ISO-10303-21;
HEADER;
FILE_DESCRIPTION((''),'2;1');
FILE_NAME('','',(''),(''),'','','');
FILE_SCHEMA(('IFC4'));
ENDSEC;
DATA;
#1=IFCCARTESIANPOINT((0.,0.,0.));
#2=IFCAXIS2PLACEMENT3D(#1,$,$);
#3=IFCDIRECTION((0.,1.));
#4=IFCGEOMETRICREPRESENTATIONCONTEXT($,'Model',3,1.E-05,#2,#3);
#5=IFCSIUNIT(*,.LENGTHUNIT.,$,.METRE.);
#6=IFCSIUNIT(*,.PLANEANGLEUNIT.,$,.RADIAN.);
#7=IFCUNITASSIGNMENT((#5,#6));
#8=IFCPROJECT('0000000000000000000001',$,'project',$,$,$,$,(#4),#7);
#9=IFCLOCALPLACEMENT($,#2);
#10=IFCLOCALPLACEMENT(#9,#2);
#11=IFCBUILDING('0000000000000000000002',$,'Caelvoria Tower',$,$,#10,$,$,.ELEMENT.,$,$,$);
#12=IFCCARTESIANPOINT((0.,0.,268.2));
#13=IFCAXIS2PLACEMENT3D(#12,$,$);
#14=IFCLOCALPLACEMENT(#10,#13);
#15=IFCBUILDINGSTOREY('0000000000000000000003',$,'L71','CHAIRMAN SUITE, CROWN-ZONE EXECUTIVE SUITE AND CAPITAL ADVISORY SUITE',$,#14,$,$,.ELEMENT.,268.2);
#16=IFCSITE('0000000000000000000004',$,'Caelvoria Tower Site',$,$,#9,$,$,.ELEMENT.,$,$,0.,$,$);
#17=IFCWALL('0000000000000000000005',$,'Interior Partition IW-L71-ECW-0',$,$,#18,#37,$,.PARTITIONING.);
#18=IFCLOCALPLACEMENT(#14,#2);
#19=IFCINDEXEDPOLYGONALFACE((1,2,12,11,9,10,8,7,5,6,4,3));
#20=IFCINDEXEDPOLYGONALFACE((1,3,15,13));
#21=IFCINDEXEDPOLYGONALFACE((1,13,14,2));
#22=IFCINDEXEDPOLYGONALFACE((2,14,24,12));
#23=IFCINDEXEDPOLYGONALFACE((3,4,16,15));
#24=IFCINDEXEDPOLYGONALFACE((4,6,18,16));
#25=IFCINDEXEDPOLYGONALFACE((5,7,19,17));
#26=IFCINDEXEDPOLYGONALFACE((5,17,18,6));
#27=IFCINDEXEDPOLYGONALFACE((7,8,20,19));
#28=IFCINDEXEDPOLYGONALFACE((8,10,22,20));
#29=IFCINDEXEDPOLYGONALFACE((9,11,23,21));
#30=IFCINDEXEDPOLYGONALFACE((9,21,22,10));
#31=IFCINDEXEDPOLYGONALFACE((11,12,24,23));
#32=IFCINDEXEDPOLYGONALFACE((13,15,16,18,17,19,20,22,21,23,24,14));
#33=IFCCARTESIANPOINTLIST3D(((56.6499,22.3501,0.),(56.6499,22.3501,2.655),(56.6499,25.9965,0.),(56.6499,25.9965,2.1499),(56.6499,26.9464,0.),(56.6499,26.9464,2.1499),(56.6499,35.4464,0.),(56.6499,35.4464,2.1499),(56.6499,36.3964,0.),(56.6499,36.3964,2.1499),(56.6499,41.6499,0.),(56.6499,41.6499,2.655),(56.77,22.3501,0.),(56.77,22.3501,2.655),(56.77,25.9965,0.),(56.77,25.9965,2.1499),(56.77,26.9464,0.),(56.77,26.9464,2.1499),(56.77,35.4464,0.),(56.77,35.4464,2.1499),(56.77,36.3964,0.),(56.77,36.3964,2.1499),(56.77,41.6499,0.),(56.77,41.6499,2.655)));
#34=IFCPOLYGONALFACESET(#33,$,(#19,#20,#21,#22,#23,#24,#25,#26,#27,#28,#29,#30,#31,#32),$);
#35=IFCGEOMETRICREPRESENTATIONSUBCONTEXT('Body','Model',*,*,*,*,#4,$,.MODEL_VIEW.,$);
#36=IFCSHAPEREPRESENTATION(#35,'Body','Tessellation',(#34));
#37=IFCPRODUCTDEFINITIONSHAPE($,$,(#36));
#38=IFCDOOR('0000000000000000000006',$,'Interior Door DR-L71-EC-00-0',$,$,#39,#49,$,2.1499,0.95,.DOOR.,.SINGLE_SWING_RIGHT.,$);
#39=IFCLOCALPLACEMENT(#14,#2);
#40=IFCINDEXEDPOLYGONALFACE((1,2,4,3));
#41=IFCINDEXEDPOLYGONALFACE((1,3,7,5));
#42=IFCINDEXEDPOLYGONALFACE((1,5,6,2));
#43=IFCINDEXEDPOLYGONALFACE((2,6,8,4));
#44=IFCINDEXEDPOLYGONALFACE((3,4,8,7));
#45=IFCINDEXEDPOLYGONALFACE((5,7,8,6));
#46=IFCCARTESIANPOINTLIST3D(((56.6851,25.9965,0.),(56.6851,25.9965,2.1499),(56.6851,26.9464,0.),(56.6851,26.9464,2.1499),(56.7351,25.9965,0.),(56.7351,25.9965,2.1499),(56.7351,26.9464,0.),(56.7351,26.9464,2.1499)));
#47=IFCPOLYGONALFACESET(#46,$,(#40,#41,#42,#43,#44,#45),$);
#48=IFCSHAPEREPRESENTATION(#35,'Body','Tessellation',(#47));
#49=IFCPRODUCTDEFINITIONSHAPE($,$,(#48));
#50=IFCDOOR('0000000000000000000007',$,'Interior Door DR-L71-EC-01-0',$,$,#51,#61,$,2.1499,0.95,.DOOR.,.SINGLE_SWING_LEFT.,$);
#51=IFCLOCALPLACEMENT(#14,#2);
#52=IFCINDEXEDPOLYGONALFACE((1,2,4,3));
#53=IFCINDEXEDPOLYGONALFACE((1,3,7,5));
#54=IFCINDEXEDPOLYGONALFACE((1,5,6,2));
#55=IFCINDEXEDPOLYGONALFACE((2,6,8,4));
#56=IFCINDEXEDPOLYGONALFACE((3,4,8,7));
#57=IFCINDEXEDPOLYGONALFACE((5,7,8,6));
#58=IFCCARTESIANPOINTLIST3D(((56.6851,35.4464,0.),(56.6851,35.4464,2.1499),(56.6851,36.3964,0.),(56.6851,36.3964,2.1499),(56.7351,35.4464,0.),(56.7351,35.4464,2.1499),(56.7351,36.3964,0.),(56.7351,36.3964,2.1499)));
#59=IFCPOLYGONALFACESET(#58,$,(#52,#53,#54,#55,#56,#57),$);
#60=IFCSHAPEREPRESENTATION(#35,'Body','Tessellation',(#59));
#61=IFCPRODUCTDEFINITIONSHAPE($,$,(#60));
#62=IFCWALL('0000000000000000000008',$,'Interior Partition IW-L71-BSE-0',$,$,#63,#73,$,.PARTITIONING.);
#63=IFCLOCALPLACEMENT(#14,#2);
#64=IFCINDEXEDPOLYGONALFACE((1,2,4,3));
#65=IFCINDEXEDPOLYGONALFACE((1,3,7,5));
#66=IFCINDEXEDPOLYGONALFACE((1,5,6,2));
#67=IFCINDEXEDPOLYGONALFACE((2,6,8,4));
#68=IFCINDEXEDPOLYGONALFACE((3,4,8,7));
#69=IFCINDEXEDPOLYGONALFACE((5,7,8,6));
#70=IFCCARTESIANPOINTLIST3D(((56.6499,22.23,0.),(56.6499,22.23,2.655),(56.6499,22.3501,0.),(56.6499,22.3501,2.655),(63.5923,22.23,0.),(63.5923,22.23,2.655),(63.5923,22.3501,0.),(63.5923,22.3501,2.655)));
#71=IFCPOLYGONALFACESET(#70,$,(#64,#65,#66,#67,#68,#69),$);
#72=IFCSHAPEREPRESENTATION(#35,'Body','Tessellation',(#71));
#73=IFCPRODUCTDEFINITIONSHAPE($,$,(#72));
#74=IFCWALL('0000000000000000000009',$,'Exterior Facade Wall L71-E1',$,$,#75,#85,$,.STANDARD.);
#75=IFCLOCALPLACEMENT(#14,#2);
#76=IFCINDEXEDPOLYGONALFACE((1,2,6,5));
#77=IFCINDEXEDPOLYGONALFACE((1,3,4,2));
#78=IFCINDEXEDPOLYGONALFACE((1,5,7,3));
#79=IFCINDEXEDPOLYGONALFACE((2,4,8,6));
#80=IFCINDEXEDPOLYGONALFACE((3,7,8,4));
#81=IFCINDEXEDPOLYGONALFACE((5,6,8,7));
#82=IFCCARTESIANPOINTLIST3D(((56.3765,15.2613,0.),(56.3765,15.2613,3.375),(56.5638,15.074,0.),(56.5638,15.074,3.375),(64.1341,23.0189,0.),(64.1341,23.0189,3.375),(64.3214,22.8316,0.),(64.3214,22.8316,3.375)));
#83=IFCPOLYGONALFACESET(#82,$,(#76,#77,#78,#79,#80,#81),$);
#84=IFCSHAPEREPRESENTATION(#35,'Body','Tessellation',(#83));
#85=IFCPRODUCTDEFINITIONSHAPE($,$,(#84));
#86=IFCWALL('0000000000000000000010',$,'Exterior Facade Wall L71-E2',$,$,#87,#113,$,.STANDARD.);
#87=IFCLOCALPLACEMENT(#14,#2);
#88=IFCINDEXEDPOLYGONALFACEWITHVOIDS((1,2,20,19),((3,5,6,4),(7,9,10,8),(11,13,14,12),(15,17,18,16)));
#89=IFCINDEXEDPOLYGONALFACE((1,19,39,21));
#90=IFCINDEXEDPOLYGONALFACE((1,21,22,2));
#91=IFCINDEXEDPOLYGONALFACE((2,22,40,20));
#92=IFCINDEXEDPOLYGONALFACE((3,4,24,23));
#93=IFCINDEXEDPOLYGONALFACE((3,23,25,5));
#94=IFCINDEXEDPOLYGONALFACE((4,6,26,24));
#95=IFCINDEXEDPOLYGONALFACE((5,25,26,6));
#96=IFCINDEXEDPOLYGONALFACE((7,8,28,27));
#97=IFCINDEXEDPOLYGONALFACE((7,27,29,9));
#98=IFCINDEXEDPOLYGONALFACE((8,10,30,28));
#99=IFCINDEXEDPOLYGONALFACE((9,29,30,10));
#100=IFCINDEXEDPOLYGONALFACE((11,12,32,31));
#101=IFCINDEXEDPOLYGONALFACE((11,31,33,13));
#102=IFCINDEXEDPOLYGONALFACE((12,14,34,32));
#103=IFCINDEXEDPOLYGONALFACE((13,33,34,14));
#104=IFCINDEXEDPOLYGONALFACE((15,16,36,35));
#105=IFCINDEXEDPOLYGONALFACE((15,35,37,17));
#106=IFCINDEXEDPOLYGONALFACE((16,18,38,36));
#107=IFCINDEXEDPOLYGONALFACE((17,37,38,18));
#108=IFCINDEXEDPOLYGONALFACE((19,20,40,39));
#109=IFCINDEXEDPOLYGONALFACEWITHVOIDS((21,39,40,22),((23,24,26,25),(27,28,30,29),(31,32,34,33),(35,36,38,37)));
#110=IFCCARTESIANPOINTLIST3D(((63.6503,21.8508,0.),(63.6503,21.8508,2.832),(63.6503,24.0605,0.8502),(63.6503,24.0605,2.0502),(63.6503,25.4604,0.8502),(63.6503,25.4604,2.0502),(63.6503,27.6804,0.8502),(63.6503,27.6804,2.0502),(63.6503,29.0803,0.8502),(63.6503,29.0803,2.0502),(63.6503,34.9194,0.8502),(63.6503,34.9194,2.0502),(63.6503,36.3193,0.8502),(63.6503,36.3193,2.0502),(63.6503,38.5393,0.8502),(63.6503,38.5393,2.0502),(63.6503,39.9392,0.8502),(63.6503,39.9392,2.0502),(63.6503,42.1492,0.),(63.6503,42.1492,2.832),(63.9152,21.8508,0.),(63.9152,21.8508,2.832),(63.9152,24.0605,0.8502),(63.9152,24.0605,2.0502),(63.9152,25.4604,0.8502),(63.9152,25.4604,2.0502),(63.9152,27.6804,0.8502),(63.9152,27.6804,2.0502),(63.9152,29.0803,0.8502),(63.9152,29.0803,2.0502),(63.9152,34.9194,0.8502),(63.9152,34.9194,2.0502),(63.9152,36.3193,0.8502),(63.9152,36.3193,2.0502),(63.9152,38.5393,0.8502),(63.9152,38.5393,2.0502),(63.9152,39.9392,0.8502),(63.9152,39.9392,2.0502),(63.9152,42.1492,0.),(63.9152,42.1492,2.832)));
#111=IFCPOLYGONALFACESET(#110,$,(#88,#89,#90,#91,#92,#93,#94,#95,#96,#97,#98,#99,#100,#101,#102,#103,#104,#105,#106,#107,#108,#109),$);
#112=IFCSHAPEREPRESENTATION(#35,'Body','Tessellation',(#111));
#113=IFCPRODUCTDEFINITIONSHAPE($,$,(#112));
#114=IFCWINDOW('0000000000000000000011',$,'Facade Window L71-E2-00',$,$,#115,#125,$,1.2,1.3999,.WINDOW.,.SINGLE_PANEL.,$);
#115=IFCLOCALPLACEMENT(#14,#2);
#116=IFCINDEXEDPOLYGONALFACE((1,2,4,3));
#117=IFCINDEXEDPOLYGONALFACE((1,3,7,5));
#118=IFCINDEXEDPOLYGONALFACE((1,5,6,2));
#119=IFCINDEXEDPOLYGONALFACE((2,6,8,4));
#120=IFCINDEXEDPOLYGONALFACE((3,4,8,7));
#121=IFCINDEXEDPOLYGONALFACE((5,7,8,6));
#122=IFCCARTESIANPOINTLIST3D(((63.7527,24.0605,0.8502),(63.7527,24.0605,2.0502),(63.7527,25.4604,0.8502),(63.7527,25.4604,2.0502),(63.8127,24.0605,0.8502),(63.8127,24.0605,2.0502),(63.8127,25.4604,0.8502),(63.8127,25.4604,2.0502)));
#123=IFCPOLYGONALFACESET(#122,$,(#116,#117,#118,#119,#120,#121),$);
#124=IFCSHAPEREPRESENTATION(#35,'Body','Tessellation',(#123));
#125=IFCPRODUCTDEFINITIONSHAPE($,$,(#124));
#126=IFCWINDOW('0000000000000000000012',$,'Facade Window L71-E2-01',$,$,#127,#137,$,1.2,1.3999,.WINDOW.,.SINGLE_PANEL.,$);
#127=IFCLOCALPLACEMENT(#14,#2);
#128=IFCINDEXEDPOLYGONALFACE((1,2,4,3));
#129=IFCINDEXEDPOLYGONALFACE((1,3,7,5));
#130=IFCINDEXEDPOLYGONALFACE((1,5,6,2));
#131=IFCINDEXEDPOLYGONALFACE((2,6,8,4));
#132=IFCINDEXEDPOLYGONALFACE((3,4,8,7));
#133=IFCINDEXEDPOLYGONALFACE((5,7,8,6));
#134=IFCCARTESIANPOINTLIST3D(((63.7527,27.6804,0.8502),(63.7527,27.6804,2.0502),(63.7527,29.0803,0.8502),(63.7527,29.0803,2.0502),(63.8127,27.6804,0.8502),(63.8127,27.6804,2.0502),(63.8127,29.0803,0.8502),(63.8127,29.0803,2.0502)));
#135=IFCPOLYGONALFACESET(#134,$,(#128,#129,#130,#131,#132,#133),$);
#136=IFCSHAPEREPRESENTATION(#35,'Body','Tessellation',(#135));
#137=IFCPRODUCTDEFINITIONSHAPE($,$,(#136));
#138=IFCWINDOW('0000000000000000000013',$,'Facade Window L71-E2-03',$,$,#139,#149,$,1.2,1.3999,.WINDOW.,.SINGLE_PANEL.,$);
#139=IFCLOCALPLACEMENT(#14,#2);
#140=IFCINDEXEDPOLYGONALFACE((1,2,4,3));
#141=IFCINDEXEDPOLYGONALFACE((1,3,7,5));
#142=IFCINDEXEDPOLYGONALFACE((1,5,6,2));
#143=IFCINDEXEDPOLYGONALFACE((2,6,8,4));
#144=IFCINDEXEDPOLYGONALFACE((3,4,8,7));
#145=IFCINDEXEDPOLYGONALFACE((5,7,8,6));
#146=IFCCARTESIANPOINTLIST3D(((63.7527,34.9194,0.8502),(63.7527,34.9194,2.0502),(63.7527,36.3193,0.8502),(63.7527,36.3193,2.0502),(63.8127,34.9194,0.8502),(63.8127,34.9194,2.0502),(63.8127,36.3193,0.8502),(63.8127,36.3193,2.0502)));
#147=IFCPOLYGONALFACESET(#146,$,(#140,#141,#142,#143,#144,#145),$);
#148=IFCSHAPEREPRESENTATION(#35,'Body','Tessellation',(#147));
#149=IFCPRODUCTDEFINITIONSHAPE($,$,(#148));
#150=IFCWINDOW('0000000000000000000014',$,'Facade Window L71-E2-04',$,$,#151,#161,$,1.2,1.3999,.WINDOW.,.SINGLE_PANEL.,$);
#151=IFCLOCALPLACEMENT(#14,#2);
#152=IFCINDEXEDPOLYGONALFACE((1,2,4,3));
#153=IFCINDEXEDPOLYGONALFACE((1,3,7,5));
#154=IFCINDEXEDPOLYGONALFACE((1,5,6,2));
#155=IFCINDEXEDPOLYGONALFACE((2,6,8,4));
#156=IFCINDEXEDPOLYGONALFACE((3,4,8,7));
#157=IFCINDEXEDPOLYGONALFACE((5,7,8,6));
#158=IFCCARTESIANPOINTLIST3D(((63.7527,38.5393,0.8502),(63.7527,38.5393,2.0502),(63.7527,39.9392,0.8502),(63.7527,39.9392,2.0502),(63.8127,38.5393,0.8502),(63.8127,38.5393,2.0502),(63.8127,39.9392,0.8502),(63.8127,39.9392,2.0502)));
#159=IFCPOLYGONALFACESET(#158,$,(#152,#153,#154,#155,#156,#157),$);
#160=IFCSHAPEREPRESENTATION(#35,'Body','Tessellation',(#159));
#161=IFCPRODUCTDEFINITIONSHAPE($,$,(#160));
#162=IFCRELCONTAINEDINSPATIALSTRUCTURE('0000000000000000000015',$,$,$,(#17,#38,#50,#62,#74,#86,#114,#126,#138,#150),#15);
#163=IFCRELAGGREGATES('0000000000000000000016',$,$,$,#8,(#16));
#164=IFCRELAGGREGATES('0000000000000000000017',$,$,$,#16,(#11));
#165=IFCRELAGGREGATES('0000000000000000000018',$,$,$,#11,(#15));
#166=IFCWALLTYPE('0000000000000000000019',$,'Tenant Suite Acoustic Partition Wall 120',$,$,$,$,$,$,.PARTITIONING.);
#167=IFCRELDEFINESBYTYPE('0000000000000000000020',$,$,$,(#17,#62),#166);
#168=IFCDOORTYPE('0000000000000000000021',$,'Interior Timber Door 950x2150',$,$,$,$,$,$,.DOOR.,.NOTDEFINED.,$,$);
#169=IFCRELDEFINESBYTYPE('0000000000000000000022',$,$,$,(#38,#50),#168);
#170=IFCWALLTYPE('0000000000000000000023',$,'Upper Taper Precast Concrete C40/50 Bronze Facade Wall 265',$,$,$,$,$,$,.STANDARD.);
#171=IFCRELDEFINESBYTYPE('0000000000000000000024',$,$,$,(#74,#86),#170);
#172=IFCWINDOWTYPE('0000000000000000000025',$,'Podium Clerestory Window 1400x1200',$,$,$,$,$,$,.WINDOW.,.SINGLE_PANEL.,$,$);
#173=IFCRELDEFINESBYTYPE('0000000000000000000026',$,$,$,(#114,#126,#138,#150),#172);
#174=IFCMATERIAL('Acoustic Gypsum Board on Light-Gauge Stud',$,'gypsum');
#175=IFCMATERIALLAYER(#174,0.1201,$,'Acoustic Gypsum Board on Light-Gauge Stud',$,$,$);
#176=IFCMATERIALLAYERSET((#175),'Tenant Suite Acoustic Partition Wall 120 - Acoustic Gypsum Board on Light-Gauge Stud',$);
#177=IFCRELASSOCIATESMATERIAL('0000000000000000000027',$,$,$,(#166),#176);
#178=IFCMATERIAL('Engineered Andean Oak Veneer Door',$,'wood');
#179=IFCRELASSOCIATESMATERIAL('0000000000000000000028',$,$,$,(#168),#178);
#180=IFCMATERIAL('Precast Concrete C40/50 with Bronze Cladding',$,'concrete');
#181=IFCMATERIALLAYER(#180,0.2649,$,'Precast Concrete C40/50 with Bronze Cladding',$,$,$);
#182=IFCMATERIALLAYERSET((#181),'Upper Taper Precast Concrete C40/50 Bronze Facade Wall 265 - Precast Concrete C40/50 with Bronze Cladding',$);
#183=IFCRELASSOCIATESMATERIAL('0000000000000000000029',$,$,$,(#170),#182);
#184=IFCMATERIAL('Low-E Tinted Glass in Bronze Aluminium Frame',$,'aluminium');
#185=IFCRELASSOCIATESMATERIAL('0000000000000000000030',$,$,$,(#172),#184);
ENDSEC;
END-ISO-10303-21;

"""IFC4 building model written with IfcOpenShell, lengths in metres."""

from ifc_helpers import new_model, si_unit, direction, frame, frame_2d, origin, place, context, subcontext, project, spatial, rectangle, extrude, material, layer, layer_set, type_object, element, fill, save


model = new_model("IFC4")

# Units and contexts
model_context = context("Model", 3, precision=1e-05, world=origin(), true_north=direction((0.0, 1.0)))
body_context = subcontext(model_context, "Body", "Model", "MODEL_VIEW")
ifc_project = project(units=[si_unit("LENGTHUNIT", "METRE"), si_unit("PLANEANGLEUNIT", "RADIAN")], contexts=[model_context])

# Site, building, storey
site_placement = place(None, origin())
site = spatial("IfcSite", under=ifc_project, at=site_placement, Name="Caelvoria Tower Site", CompositionType="ELEMENT", RefElevation=0.0)
building_placement = place(site_placement, origin())
building = spatial("IfcBuilding", under=site, at=building_placement, Name="Caelvoria Tower", CompositionType="ELEMENT")
storey_placement = place(building_placement, frame((0.0, 0.0, 268.2)))
storey = spatial("IfcBuildingStorey", under=building, at=storey_placement, Name="L71", Description="CHAIRMAN SUITE, CROWN-ZONE EXECUTIVE SUITE AND CAPITAL ADVISORY SUITE", CompositionType="ELEMENT", Elevation=268.2)

# Shared definitions
ifc_material_1 = material(Name="Acoustic Gypsum Board on Light-Gauge Stud", Category="gypsum")
ifc_layer_1 = layer(ifc_material_1, 0.1201, Name="Acoustic Gypsum Board on Light-Gauge Stud")
ifc_layer_set_1 = layer_set([ifc_layer_1], Name="Tenant Suite Acoustic Partition Wall 120 - Acoustic Gypsum Board on Light-Gauge Stud")
wall_type_1 = type_object("IfcWallType", Name="Tenant Suite Acoustic Partition Wall 120", PredefinedType="PARTITIONING", material=ifc_layer_set_1)
ifc_material_2 = material(Name="Engineered Andean Oak Veneer Door", Category="wood")

# Wall, openings, doors
wall_1_placement = place(storey_placement, frame((56.71, 22.3501, 0.0), z_axis=(0.0, 0.0, 1.0), x_axis=(0.0, 1.0, 0.0)))
wall_1 = element("IfcWall", 1, at=wall_1_placement, inside=storey, type_object=wall_type_1, Name="Interior Partition IW-L71-ECW-0", PredefinedType="PARTITIONING", context=body_context, shape_type="SweptSolid", body=[
    extrude(rectangle(XDim=19.2998, YDim=0.1201, at=frame_2d((9.6499, 0.0))), origin(), (0.0, 0.0, 1.0), 2.655),
])
opening_1_placement = place(wall_1_placement, frame((3.6462, 0.0, 0.0)))
opening_1 = element("IfcOpeningElement", 2, at=opening_1_placement, cuts=wall_1, PredefinedType="OPENING", context=body_context, shape_type="SweptSolid", body=[
    extrude(rectangle(XDim=0.95, YDim=2.1499, at=frame_2d((0.4751, 1.075))), frame((0.0, 0.0701, 0.0), z_axis=(0.0, -1.0, 0.0), x_axis=(1.0, 0.0, 0.0)), (0.0, 0.0, 1.0), 0.1401),
])
opening_2_placement = place(wall_1_placement, frame((13.0962, 0.0, 0.0)))
opening_2 = element("IfcOpeningElement", 3, at=opening_2_placement, cuts=wall_1, PredefinedType="OPENING", context=body_context, shape_type="SweptSolid", body=[
    extrude(rectangle(XDim=0.95, YDim=2.1499, at=frame_2d((0.4751, 1.075))), frame((0.0, 0.0701, 0.0), z_axis=(0.0, -1.0, 0.0), x_axis=(1.0, 0.0, 0.0)), (0.0, 0.0, 1.0), 0.1401),
])
door_type_1 = type_object("IfcDoorType", Name="Interior Timber Door 950x2150", OperationType="NOTDEFINED", PredefinedType="DOOR", material=ifc_material_2)
door_1_placement = place(opening_1_placement, origin())
door_1 = element("IfcDoor", 4, at=door_1_placement, inside=storey, type_object=door_type_1, Name="Interior Door DR-L71-EC-00-0", OperationType="SINGLE_SWING_RIGHT", OverallHeight=2.1499, OverallWidth=0.95, PredefinedType="DOOR", context=body_context, shape_type="SweptSolid", body=[
    extrude(rectangle(XDim=0.95, YDim=2.1499, at=frame_2d((0.4751, 1.075))), frame((0.0, 0.0249, 0.0), z_axis=(0.0, -1.0, 0.0), x_axis=(1.0, 0.0, 0.0)), (0.0, 0.0, 1.0), 0.05),
])
fill(opening_1, door_1)
door_2_placement = place(opening_2_placement, origin())
door_2 = element("IfcDoor", 5, at=door_2_placement, inside=storey, type_object=door_type_1, Name="Interior Door DR-L71-EC-01-0", OperationType="SINGLE_SWING_LEFT", OverallHeight=2.1499, OverallWidth=0.95, PredefinedType="DOOR", context=body_context, shape_type="SweptSolid", body=[
    extrude(rectangle(XDim=0.95, YDim=2.1499, at=frame_2d((0.4751, 1.075))), frame((0.0, 0.0249, 0.0), z_axis=(0.0, -1.0, 0.0), x_axis=(1.0, 0.0, 0.0)), (0.0, 0.0, 1.0), 0.05),
])
fill(opening_2, door_2)

# Walls
wall_2_placement = place(storey_placement, frame((56.6499, 22.29, 0.0), z_axis=(0.0, 0.0, 1.0), x_axis=(1.0, 0.0, 0.0)))
element("IfcWall", 6, at=wall_2_placement, inside=storey, type_object=wall_type_1, Name="Interior Partition IW-L71-BSE-0", PredefinedType="PARTITIONING", context=body_context, shape_type="SweptSolid", body=[
    extrude(rectangle(XDim=6.9424, YDim=0.1201, at=frame_2d((3.4712, 0.0))), origin(), (0.0, 0.0, 1.0), 2.655),
])
ifc_material_3 = material(Name="Precast Concrete C40/50 with Bronze Cladding", Category="concrete")
ifc_layer_2 = layer(ifc_material_3, 0.2649, Name="Precast Concrete C40/50 with Bronze Cladding")
ifc_layer_set_2 = layer_set([ifc_layer_2], Name="Upper Taper Precast Concrete C40/50 Bronze Facade Wall 265 - Precast Concrete C40/50 with Bronze Cladding")
wall_type_2 = type_object("IfcWallType", Name="Upper Taper Precast Concrete C40/50 Bronze Facade Wall 265", PredefinedType="STANDARD", material=ifc_layer_set_2)
wall_3_placement = place(storey_placement, frame((56.4702, 15.1677, 0.0), z_axis=(0.0, 0.0, 1.0), x_axis=(0.707107, 0.707107, 0.0)))
element("IfcWall", 7, at=wall_3_placement, inside=storey, type_object=wall_type_2, Name="Exterior Facade Wall L71-E1", PredefinedType="STANDARD", context=body_context, shape_type="SweptSolid", body=[
    extrude(rectangle(XDim=10.9709, YDim=0.2649, at=frame_2d((5.4854, 0.0))), origin(), (0.0, 0.0, 1.0), 3.375),
])

# Wall, openings, windows
wall_4_placement = place(storey_placement, frame((63.7827, 21.8508, 0.0), z_axis=(0.0, 0.0, 1.0), x_axis=(0.0, 1.0, 0.0)))
wall_4 = element("IfcWall", 8, at=wall_4_placement, inside=storey, type_object=wall_type_2, Name="Exterior Facade Wall L71-E2", PredefinedType="STANDARD", context=body_context, shape_type="SweptSolid", body=[
    extrude(rectangle(XDim=20.2983, YDim=0.2649, at=frame_2d((10.1492, 0.0))), origin(), (0.0, 0.0, 1.0), 2.832),
])
opening_3_placement = place(wall_4_placement, frame((2.2097, 0.0, 0.8501)))
opening_3 = element("IfcOpeningElement", 9, at=opening_3_placement, cuts=wall_4, PredefinedType="OPENING", context=body_context, shape_type="SweptSolid", body=[
    extrude(rectangle(XDim=1.3999, YDim=1.2, at=frame_2d((0.7, 0.6001))), frame((0.0, 0.1423, 0.0), z_axis=(0.0, -1.0, 0.0), x_axis=(1.0, 0.0, 0.0)), (0.0, 0.0, 1.0), 0.2849),
])
opening_4_placement = place(wall_4_placement, frame((5.8296, 0.0, 0.8501)))
opening_4 = element("IfcOpeningElement", 10, at=opening_4_placement, cuts=wall_4, PredefinedType="OPENING", context=body_context, shape_type="SweptSolid", body=[
    extrude(rectangle(XDim=1.3999, YDim=1.2, at=frame_2d((0.7, 0.6001))), frame((0.0, 0.1423, 0.0), z_axis=(0.0, -1.0, 0.0), x_axis=(1.0, 0.0, 0.0)), (0.0, 0.0, 1.0), 0.2849),
])
opening_5_placement = place(wall_4_placement, frame((13.0686, 0.0, 0.8501)))
opening_5 = element("IfcOpeningElement", 11, at=opening_5_placement, cuts=wall_4, PredefinedType="OPENING", context=body_context, shape_type="SweptSolid", body=[
    extrude(rectangle(XDim=1.3999, YDim=1.2, at=frame_2d((0.7, 0.6001))), frame((0.0, 0.1423, 0.0), z_axis=(0.0, -1.0, 0.0), x_axis=(1.0, 0.0, 0.0)), (0.0, 0.0, 1.0), 0.2849),
])
opening_6_placement = place(wall_4_placement, frame((16.6885, 0.0, 0.8501)))
opening_6 = element("IfcOpeningElement", 12, at=opening_6_placement, cuts=wall_4, PredefinedType="OPENING", context=body_context, shape_type="SweptSolid", body=[
    extrude(rectangle(XDim=1.3999, YDim=1.2, at=frame_2d((0.7, 0.6001))), frame((0.0, 0.1423, 0.0), z_axis=(0.0, -1.0, 0.0), x_axis=(1.0, 0.0, 0.0)), (0.0, 0.0, 1.0), 0.2849),
])
ifc_material_4 = material(Name="Low-E Tinted Glass in Bronze Aluminium Frame", Category="aluminium")
window_type = type_object("IfcWindowType", Name="Podium Clerestory Window 1400x1200", PartitioningType="SINGLE_PANEL", PredefinedType="WINDOW", material=ifc_material_4)
window_1_placement = place(opening_3_placement, origin())
window_1 = element("IfcWindow", 13, at=window_1_placement, inside=storey, type_object=window_type, Name="Facade Window L71-E2-00", OverallHeight=1.2, OverallWidth=1.3999, PartitioningType="SINGLE_PANEL", PredefinedType="WINDOW", context=body_context, shape_type="SweptSolid", body=[
    extrude(rectangle(XDim=1.3999, YDim=1.2, at=frame_2d((0.7, 0.6001))), frame((0.0, 0.03, 0.0), z_axis=(0.0, -1.0, 0.0), x_axis=(1.0, 0.0, 0.0)), (0.0, 0.0, 1.0), 0.0601),
])
fill(opening_3, window_1)
window_2_placement = place(opening_4_placement, origin())
window_2 = element("IfcWindow", 14, at=window_2_placement, inside=storey, type_object=window_type, Name="Facade Window L71-E2-01", OverallHeight=1.2, OverallWidth=1.3999, PartitioningType="SINGLE_PANEL", PredefinedType="WINDOW", context=body_context, shape_type="SweptSolid", body=[
    extrude(rectangle(XDim=1.3999, YDim=1.2, at=frame_2d((0.7, 0.6001))), frame((0.0, 0.03, 0.0), z_axis=(0.0, -1.0, 0.0), x_axis=(1.0, 0.0, 0.0)), (0.0, 0.0, 1.0), 0.0601),
])
fill(opening_4, window_2)
window_3_placement = place(opening_5_placement, origin())
window_3 = element("IfcWindow", 15, at=window_3_placement, inside=storey, type_object=window_type, Name="Facade Window L71-E2-03", OverallHeight=1.2, OverallWidth=1.3999, PartitioningType="SINGLE_PANEL", PredefinedType="WINDOW", context=body_context, shape_type="SweptSolid", body=[
    extrude(rectangle(XDim=1.3999, YDim=1.2, at=frame_2d((0.7, 0.6001))), frame((0.0, 0.03, 0.0), z_axis=(0.0, -1.0, 0.0), x_axis=(1.0, 0.0, 0.0)), (0.0, 0.0, 1.0), 0.0601),
])
fill(opening_5, window_3)
window_4_placement = place(opening_6_placement, origin())
window_4 = element("IfcWindow", 16, at=window_4_placement, inside=storey, type_object=window_type, Name="Facade Window L71-E2-04", OverallHeight=1.2, OverallWidth=1.3999, PartitioningType="SINGLE_PANEL", PredefinedType="WINDOW", context=body_context, shape_type="SweptSolid", body=[
    extrude(rectangle(XDim=1.3999, YDim=1.2, at=frame_2d((0.7, 0.6001))), frame((0.0, 0.03, 0.0), z_axis=(0.0, -1.0, 0.0), x_axis=(1.0, 0.0, 0.0)), (0.0, 0.0, 1.0), 0.0601),
])
fill(opening_6, window_4)

save(model, "model.ifc")
